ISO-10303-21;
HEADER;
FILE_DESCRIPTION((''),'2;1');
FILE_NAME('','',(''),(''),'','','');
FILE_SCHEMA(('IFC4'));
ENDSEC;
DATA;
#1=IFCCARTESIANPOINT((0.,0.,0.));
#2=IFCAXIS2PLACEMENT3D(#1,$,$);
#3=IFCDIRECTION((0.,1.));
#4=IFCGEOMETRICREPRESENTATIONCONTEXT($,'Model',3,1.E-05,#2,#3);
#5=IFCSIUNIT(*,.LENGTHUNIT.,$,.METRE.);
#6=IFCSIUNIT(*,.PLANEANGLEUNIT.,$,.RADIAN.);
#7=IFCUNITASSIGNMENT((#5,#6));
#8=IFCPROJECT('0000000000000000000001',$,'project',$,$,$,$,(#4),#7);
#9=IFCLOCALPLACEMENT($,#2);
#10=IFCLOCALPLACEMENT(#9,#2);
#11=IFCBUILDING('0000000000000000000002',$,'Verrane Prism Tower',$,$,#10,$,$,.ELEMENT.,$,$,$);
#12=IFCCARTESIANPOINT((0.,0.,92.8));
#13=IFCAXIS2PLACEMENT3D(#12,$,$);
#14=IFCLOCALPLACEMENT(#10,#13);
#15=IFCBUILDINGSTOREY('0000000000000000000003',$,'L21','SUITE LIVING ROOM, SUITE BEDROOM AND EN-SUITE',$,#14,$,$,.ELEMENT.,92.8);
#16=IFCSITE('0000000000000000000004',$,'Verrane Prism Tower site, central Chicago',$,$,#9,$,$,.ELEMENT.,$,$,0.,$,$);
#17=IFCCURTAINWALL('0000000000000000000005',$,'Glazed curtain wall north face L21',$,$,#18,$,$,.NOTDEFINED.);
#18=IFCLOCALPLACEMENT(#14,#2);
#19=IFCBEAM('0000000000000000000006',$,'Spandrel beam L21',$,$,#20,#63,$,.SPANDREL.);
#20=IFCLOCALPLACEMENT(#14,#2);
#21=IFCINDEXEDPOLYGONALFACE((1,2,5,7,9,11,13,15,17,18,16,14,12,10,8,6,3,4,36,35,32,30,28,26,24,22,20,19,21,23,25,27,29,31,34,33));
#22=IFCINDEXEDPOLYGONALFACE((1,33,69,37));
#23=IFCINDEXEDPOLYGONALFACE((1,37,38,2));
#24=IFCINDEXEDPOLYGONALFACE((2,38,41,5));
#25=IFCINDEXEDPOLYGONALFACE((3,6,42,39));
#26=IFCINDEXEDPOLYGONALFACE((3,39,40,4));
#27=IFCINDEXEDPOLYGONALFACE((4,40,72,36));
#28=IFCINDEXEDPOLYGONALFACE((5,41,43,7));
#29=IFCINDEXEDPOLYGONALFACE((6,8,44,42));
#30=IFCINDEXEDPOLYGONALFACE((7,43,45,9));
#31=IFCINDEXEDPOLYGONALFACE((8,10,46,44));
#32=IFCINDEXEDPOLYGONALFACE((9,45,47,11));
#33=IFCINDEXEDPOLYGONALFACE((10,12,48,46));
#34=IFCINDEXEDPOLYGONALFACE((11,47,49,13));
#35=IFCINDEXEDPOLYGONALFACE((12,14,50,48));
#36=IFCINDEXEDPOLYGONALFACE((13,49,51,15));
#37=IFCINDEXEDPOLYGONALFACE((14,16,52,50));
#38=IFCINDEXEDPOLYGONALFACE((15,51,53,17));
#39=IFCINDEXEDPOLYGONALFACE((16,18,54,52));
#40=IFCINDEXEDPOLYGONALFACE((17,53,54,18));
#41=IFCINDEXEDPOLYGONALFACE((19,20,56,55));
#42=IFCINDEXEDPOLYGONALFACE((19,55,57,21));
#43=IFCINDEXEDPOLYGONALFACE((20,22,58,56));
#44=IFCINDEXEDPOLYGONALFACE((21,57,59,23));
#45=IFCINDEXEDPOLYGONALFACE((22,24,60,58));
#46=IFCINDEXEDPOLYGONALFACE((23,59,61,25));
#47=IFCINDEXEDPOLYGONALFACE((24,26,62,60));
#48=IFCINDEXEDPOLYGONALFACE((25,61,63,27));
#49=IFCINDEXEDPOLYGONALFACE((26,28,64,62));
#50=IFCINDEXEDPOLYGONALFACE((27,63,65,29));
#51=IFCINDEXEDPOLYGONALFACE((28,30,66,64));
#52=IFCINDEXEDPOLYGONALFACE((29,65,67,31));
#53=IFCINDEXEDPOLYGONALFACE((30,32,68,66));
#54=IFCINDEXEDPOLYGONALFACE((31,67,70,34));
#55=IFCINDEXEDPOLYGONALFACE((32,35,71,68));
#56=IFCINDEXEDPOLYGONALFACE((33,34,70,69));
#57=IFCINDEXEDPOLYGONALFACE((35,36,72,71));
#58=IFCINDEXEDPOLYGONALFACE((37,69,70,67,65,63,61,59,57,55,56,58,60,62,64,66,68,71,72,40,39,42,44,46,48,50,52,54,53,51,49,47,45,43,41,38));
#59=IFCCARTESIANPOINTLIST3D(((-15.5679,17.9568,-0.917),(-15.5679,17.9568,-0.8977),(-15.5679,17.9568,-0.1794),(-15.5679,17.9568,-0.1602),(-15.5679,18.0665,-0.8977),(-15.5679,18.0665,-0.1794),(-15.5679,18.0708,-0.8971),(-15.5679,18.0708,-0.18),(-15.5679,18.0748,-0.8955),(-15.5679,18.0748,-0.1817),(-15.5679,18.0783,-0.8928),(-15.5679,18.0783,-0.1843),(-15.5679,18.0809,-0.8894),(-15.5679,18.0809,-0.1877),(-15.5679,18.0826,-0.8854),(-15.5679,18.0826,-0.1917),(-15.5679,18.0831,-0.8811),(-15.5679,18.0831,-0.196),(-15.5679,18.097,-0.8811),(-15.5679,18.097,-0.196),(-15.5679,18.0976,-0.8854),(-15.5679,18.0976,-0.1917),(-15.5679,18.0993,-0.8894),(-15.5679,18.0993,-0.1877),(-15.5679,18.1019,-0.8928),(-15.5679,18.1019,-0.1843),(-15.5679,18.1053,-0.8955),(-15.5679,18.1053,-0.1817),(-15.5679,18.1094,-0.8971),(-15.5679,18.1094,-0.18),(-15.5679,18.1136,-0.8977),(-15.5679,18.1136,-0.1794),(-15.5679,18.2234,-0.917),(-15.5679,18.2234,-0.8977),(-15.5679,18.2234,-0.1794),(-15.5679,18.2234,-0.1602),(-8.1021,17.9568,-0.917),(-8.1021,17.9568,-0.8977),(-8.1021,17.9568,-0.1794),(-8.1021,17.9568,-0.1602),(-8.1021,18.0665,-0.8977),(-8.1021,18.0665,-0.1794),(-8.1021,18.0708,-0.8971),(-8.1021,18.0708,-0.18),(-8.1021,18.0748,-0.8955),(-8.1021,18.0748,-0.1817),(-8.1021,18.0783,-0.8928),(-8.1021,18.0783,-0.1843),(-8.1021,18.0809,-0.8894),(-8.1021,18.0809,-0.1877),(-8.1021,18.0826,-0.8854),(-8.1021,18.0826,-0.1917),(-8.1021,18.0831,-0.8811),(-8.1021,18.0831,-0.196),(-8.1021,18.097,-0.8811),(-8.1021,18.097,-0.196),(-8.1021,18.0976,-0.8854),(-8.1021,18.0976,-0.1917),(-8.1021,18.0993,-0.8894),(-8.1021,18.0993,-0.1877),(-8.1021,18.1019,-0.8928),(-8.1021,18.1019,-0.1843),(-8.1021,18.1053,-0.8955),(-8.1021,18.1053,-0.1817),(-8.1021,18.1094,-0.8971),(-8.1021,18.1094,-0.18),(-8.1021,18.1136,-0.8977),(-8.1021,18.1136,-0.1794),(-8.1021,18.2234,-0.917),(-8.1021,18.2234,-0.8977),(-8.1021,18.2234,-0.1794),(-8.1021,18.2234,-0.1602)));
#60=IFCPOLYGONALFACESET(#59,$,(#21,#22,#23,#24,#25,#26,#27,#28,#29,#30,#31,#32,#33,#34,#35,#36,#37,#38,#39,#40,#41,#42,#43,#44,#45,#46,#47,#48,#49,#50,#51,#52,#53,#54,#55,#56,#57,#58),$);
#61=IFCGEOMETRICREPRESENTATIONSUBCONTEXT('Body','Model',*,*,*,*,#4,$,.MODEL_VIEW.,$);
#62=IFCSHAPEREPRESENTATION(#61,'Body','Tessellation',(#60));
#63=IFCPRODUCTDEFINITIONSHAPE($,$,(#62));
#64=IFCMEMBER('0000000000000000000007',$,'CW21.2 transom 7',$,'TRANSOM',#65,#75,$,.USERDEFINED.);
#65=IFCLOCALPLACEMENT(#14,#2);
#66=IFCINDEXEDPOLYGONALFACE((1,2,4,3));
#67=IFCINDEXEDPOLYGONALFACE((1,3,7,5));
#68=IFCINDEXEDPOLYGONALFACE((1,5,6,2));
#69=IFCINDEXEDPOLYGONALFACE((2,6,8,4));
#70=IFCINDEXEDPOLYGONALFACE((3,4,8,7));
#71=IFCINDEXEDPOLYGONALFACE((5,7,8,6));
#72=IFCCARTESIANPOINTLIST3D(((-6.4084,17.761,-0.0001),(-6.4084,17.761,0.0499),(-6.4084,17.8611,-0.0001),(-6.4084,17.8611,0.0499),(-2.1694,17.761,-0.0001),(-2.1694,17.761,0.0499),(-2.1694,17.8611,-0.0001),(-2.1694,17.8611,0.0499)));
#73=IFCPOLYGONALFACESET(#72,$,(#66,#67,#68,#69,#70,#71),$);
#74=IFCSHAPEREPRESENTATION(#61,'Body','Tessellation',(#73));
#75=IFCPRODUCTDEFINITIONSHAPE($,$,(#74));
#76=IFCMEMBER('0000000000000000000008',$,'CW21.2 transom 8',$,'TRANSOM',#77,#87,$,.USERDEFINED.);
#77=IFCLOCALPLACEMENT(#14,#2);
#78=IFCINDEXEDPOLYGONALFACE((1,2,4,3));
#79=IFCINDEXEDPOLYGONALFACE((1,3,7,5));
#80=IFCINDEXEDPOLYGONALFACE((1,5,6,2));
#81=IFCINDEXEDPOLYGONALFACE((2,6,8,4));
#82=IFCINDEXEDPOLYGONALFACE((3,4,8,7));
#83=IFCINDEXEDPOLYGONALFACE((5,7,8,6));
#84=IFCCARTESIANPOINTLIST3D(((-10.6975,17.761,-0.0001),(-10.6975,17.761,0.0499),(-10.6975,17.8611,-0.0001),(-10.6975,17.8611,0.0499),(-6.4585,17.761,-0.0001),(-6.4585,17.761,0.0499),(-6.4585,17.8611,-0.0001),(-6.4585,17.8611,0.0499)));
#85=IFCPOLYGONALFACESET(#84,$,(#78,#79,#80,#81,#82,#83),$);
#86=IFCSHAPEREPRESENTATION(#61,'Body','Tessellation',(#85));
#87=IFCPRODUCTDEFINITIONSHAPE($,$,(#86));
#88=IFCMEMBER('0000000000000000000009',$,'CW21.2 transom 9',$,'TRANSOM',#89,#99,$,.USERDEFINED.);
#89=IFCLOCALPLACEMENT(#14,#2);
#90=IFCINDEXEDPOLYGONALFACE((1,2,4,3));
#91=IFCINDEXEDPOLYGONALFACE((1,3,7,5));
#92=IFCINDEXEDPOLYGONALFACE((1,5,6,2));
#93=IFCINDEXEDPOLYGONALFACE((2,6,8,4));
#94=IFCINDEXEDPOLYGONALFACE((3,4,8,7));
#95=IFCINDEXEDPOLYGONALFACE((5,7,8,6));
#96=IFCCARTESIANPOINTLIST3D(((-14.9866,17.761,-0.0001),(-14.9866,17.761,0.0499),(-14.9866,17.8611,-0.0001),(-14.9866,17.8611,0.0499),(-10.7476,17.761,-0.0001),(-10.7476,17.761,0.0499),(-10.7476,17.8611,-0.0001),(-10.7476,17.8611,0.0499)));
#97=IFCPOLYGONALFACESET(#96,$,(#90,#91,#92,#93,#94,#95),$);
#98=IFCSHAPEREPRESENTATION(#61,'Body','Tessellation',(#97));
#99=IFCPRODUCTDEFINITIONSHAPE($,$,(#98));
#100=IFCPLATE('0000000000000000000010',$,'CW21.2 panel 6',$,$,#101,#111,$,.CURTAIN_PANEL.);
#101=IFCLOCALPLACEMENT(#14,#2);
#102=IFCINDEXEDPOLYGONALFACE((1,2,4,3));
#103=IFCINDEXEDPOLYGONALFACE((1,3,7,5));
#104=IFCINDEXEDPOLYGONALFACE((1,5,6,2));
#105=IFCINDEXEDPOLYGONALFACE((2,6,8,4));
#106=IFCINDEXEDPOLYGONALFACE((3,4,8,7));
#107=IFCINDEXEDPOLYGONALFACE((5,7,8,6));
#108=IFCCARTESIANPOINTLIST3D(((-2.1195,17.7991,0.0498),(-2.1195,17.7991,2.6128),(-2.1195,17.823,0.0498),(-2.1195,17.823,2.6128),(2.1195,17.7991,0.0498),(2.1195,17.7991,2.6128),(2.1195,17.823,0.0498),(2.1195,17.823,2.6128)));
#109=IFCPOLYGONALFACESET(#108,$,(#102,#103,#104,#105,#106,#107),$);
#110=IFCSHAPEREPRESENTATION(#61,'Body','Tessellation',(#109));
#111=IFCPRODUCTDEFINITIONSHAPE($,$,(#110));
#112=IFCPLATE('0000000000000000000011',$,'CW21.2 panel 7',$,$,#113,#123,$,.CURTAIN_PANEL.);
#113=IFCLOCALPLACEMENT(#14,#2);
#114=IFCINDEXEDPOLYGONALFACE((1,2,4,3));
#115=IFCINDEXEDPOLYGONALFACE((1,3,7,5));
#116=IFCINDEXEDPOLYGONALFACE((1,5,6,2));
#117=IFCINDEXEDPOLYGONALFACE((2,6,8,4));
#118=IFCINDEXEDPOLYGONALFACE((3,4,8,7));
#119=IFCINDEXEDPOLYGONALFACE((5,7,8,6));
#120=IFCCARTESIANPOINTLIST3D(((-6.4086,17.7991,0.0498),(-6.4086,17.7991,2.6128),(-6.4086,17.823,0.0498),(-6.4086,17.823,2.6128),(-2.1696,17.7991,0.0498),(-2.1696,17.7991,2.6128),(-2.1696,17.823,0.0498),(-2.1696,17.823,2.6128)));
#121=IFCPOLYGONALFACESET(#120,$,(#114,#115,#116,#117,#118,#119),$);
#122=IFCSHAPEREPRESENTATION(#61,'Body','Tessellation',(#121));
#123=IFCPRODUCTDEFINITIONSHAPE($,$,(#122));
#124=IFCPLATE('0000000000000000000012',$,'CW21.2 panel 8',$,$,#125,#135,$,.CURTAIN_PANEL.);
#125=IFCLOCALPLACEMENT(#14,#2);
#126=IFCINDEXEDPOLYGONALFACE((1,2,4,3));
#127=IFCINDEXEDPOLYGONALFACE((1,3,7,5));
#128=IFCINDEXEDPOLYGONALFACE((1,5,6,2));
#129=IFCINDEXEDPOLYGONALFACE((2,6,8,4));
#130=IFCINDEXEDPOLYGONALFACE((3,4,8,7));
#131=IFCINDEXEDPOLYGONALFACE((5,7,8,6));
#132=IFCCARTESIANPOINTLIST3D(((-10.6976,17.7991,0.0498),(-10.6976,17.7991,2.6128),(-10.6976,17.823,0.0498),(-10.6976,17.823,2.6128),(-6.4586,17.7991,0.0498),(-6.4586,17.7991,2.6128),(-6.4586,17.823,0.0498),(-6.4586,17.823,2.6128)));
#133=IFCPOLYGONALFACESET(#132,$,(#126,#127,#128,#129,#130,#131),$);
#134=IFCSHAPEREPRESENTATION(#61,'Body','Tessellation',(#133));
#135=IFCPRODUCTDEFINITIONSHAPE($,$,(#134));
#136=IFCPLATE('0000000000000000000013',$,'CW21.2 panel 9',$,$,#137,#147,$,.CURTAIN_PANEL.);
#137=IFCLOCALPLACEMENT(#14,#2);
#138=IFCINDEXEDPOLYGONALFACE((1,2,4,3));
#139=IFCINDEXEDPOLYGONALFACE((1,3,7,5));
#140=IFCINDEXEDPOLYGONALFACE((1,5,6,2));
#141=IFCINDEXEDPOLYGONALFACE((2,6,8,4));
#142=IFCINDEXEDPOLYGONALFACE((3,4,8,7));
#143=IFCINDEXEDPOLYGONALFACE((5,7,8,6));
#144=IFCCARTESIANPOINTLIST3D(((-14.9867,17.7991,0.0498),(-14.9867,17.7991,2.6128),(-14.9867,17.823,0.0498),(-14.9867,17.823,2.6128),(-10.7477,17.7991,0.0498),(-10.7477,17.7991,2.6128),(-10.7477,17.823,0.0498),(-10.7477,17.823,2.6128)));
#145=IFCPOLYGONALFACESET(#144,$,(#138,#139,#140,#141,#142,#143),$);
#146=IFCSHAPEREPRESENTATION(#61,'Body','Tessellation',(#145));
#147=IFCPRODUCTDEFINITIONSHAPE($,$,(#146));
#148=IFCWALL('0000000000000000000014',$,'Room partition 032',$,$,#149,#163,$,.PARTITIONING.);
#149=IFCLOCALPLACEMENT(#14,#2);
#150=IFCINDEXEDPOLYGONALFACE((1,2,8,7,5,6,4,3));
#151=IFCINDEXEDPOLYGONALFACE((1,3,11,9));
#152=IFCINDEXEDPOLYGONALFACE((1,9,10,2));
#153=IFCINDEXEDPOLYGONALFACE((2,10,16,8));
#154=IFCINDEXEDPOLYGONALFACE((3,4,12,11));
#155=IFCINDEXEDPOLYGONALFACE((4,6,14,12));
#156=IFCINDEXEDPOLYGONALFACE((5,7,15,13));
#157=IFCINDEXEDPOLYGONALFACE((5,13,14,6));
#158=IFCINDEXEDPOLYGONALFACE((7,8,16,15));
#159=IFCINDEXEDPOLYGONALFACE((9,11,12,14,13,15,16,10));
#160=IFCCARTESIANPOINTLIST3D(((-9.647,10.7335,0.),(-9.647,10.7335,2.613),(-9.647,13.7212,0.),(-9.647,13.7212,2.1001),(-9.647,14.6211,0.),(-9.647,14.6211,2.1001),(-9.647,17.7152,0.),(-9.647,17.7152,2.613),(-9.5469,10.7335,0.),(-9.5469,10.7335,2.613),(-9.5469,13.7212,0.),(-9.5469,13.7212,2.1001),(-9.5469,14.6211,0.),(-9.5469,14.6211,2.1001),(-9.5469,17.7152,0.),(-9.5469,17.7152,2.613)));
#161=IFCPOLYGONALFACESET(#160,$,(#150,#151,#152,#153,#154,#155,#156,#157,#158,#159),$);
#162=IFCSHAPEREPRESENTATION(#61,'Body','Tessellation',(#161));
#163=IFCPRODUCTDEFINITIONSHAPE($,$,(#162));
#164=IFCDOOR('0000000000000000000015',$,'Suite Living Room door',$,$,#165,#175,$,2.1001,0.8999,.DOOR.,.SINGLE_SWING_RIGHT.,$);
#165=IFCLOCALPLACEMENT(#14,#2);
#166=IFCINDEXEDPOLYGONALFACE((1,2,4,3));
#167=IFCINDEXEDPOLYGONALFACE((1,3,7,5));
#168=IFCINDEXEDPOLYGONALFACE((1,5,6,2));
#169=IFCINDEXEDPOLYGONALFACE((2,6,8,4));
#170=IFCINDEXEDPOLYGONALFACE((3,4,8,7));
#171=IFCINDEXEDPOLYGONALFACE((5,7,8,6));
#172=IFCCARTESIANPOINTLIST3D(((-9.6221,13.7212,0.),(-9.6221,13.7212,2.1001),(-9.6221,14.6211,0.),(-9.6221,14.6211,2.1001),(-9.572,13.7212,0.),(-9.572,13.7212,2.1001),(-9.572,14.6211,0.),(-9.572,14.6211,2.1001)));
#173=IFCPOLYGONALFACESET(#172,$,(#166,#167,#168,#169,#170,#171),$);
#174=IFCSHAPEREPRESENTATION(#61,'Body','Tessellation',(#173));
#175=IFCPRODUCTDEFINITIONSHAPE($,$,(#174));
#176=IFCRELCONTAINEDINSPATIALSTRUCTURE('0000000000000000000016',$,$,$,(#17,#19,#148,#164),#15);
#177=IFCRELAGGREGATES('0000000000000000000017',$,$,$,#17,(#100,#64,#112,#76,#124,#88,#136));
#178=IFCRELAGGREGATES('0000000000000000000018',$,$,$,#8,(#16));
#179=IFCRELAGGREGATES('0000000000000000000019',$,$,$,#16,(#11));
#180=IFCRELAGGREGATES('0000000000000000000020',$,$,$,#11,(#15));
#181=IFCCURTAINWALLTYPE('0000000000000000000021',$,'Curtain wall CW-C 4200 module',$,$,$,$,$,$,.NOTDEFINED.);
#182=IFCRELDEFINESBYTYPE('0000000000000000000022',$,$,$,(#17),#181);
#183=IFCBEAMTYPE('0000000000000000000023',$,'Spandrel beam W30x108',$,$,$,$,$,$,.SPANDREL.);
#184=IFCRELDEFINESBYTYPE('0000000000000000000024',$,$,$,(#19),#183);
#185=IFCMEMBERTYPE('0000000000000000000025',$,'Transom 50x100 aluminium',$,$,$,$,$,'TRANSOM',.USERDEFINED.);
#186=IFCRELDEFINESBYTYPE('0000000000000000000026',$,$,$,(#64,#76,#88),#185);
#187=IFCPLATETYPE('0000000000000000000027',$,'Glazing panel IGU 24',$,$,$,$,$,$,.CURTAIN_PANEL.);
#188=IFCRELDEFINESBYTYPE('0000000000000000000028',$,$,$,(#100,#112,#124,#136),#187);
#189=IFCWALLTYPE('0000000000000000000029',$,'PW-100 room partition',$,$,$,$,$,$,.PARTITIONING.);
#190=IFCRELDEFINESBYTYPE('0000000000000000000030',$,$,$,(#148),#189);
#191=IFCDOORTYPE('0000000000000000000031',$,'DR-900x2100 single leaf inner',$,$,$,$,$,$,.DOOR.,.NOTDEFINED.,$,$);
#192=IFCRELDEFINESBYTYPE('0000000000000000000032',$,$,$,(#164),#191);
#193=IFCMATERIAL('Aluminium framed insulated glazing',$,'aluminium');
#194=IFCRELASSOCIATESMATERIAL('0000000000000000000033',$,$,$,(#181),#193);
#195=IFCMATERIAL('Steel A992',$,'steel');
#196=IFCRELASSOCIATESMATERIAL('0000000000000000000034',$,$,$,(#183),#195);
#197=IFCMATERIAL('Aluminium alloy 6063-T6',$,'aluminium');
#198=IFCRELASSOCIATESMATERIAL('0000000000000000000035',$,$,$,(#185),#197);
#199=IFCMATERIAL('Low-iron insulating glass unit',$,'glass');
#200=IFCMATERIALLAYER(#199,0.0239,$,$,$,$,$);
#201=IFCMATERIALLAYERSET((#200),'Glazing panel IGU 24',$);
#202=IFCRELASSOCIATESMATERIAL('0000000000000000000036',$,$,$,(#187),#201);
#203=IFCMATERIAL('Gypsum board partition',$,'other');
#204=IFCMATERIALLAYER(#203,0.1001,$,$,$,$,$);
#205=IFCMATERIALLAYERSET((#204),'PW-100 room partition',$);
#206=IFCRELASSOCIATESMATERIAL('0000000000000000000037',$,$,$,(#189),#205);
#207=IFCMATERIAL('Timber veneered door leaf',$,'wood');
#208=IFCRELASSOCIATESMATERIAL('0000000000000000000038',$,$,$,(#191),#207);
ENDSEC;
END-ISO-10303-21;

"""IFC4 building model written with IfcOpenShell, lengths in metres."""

from ifc_helpers import new_model, si_unit, direction, frame, frame_2d, origin, origin_2d, place, context, subcontext, project, spatial, rectangle, i_section, extrude, material, layer, layer_set, material_profile, profile_set, type_object, element, fill, aggregate, save


model = new_model("IFC4")

# Units and contexts
model_context = context("Model", 3, precision=1e-05, world=origin(), true_north=direction((0.0, 1.0)))
body_context = subcontext(model_context, "Body", "Model", "MODEL_VIEW")
ifc_project = project(units=[si_unit("LENGTHUNIT", "METRE"), si_unit("PLANEANGLEUNIT", "RADIAN")], contexts=[model_context])

# Site, building, storey
site_placement = place(None, origin())
site = spatial("IfcSite", under=ifc_project, at=site_placement, Name="Verrane Prism Tower site, central Chicago", CompositionType="ELEMENT", RefElevation=0.0)
building_placement = place(site_placement, origin())
building = spatial("IfcBuilding", under=site, at=building_placement, Name="Verrane Prism Tower", CompositionType="ELEMENT")
storey_placement = place(building_placement, frame((0.0, 0.0, 92.8)))
storey = spatial("IfcBuildingStorey", under=building, at=storey_placement, Name="L21", Description="SUITE LIVING ROOM, SUITE BEDROOM AND EN-SUITE", CompositionType="ELEMENT", Elevation=92.8)

# Curtain wall
ifc_material_1 = material(Name="Aluminium framed insulated glazing", Category="aluminium")
curtain_wall_type = type_object("IfcCurtainWallType", Name="Curtain wall CW-C 4200 module", PredefinedType="NOTDEFINED", material=ifc_material_1)
curtain_wall_placement = place(storey_placement, origin())
curtain_wall = element("IfcCurtainWall", 1, at=curtain_wall_placement, inside=storey, type_object=curtain_wall_type, Name="Glazed curtain wall north face L21", PredefinedType="NOTDEFINED")

# Beam
ifc_material_2 = material(Name="Steel A992", Category="steel")
ifc_material_profile_1 = material_profile(ifc_material_2, i_section(OverallWidth=0.2666, OverallDepth=0.7568, WebThickness=0.0139, FlangeThickness=0.0193, FilletRadius=0.0166, at=origin_2d()), Name="W30x108")
ifc_profile_set_1 = profile_set([ifc_material_profile_1], Name="Steel A992")
beam_type_1 = type_object("IfcBeamType", Name="Spandrel beam W30x108", PredefinedType="SPANDREL", material=ifc_profile_set_1)
for number, where, z_axis, x_axis, name in (
    (2, (-8.1021, 18.0901, -0.5386), (-1.0, 0.0, 0.0), (0.0, -1.0, 0.0), "Spandrel beam L21"),
):
    element("IfcBeam", number, at=place(storey_placement, frame(where, z_axis=z_axis, x_axis=x_axis)), inside=storey, type_object=beam_type_1, Name=name, PredefinedType="SPANDREL", context=body_context, shape_type="SweptSolid", body=[
        extrude(i_section(OverallWidth=0.2666, OverallDepth=0.7568, WebThickness=0.0139, FlangeThickness=0.0193, FilletRadius=0.0166, at=origin_2d()), origin(), (0.0, 0.0, 1.0), 7.4658),
    ])

# Members
ifc_material_3 = material(Name="Aluminium alloy 6063-T6", Category="aluminium")
ifc_material_profile_2 = material_profile(ifc_material_3, rectangle(XDim=0.1001, YDim=0.05, at=origin_2d()), Name="Transom 50x100 aluminium")
ifc_profile_set_2 = profile_set([ifc_material_profile_2], Name="Aluminium alloy 6063-T6")
member_type_1 = type_object("IfcMemberType", Name="Transom 50x100 aluminium", ElementType="TRANSOM", PredefinedType="USERDEFINED", material=ifc_profile_set_2)
member_1_placement = place(storey_placement, frame((-2.1694, 17.811, 0.0249), z_axis=(-1.0, 0.0, 0.0), x_axis=(0.0, -1.0, 0.0)))
member_1 = element("IfcMember", 3, at=member_1_placement, type_object=member_type_1, Name="CW21.2 transom 7", ObjectType="TRANSOM", PredefinedType="USERDEFINED", context=body_context, shape_type="SweptSolid", body=[
    extrude(rectangle(XDim=0.1001, YDim=0.05, at=origin_2d()), origin(), (0.0, 0.0, 1.0), 4.239),
])
member_2_placement = place(storey_placement, frame((-6.4585, 17.811, 0.0249), z_axis=(-1.0, 0.0, 0.0), x_axis=(0.0, -1.0, 0.0)))
member_2 = element("IfcMember", 4, at=member_2_placement, type_object=member_type_1, Name="CW21.2 transom 8", ObjectType="TRANSOM", PredefinedType="USERDEFINED", context=body_context, shape_type="SweptSolid", body=[
    extrude(rectangle(XDim=0.1001, YDim=0.05, at=origin_2d()), origin(), (0.0, 0.0, 1.0), 4.239),
])
member_3_placement = place(storey_placement, frame((-10.7476, 17.811, 0.0249), z_axis=(-1.0, 0.0, 0.0), x_axis=(0.0, -1.0, 0.0)))
member_3 = element("IfcMember", 5, at=member_3_placement, type_object=member_type_1, Name="CW21.2 transom 9", ObjectType="TRANSOM", PredefinedType="USERDEFINED", context=body_context, shape_type="SweptSolid", body=[
    extrude(rectangle(XDim=0.1001, YDim=0.05, at=origin_2d()), origin(), (0.0, 0.0, 1.0), 4.239),
])

# Plates
ifc_material_4 = material(Name="Low-iron insulating glass unit", Category="glass")
ifc_layer_1 = layer(ifc_material_4, 0.0239)
ifc_layer_set_1 = layer_set([ifc_layer_1], Name="Glazing panel IGU 24")
plate_type = type_object("IfcPlateType", Name="Glazing panel IGU 24", PredefinedType="CURTAIN_PANEL", material=ifc_layer_set_1)
plate_1_placement = place(storey_placement, frame((0.0, 17.811, 0.0498), z_axis=(0.0, 0.0, 1.0), x_axis=(-1.0, 0.0, 0.0)))
plate_1 = element("IfcPlate", 6, at=plate_1_placement, type_object=plate_type, Name="CW21.2 panel 6", PredefinedType="CURTAIN_PANEL", context=body_context, shape_type="SweptSolid", body=[
    extrude(rectangle(XDim=4.239, YDim=0.0239, at=origin_2d()), origin(), (0.0, 0.0, 1.0), 2.563),
])
plate_2_placement = place(storey_placement, frame((-4.2891, 17.811, 0.0498), z_axis=(0.0, 0.0, 1.0), x_axis=(-1.0, 0.0, 0.0)))
plate_2 = element("IfcPlate", 7, at=plate_2_placement, type_object=plate_type, Name="CW21.2 panel 7", PredefinedType="CURTAIN_PANEL", context=body_context, shape_type="SweptSolid", body=[
    extrude(rectangle(XDim=4.239, YDim=0.0239, at=origin_2d()), origin(), (0.0, 0.0, 1.0), 2.563),
])
plate_3_placement = place(storey_placement, frame((-8.5781, 17.811, 0.0498), z_axis=(0.0, 0.0, 1.0), x_axis=(-1.0, 0.0, 0.0)))
plate_3 = element("IfcPlate", 8, at=plate_3_placement, type_object=plate_type, Name="CW21.2 panel 8", PredefinedType="CURTAIN_PANEL", context=body_context, shape_type="SweptSolid", body=[
    extrude(rectangle(XDim=4.239, YDim=0.0239, at=origin_2d()), origin(), (0.0, 0.0, 1.0), 2.563),
])
plate_4_placement = place(storey_placement, frame((-12.8672, 17.811, 0.0498), z_axis=(0.0, 0.0, 1.0), x_axis=(-1.0, 0.0, 0.0)))
plate_4 = element("IfcPlate", 9, at=plate_4_placement, type_object=plate_type, Name="CW21.2 panel 9", PredefinedType="CURTAIN_PANEL", context=body_context, shape_type="SweptSolid", body=[
    extrude(rectangle(XDim=4.239, YDim=0.0239, at=origin_2d()), origin(), (0.0, 0.0, 1.0), 2.563),
])
aggregate(curtain_wall, [plate_1, member_1, plate_2, member_2, plate_3, member_3, plate_4])

# Wall, opening, door
ifc_material_5 = material(Name="Gypsum board partition", Category="other")
ifc_layer_2 = layer(ifc_material_5, 0.1001)
ifc_layer_set_2 = layer_set([ifc_layer_2], Name="PW-100 room partition")
wall_type_1 = type_object("IfcWallType", Name="PW-100 room partition", PredefinedType="PARTITIONING", material=ifc_layer_set_2)
wall_1_placement = place(storey_placement, frame((-9.5969, 17.7151, 0.0), z_axis=(0.0, 0.0, 1.0), x_axis=(0.0, -1.0, 0.0)))
wall_1 = element("IfcWall", 10, at=wall_1_placement, inside=storey, type_object=wall_type_1, Name="Room partition 032", PredefinedType="PARTITIONING", context=body_context, shape_type="SweptSolid", body=[
    extrude(rectangle(XDim=6.9817, YDim=0.1001, at=frame_2d((3.4907, 0.0))), origin(), (0.0, 0.0, 1.0), 2.613),
])
opening_1_placement = place(wall_1_placement, frame((3.094, 0.0, 0.0)))
opening_1 = element("IfcOpeningElement", 11, at=opening_1_placement, cuts=wall_1, PredefinedType="OPENING", context=body_context, shape_type="SweptSolid", body=[
    extrude(rectangle(XDim=0.8999, YDim=2.1001, at=frame_2d((0.45, 1.05))), frame((0.0, 0.0601, 0.0), z_axis=(0.0, -1.0, 0.0), x_axis=(1.0, 0.0, 0.0)), (0.0, 0.0, 1.0), 0.1201),
])
ifc_material_6 = material(Name="Timber veneered door leaf", Category="wood")
door_type_1 = type_object("IfcDoorType", Name="DR-900x2100 single leaf inner", OperationType="NOTDEFINED", PredefinedType="DOOR", material=ifc_material_6)
door_1_placement = place(opening_1_placement, origin())
door_1 = element("IfcDoor", 12, at=door_1_placement, inside=storey, type_object=door_type_1, Name="Suite Living Room door", OperationType="SINGLE_SWING_RIGHT", OverallHeight=2.1001, OverallWidth=0.8999, PredefinedType="DOOR", context=body_context, shape_type="SweptSolid", body=[
    extrude(rectangle(XDim=0.8999, YDim=2.1001, at=frame_2d((0.45, 1.05))), frame((0.0, 0.0249, 0.0), z_axis=(0.0, -1.0, 0.0), x_axis=(1.0, 0.0, 0.0)), (0.0, 0.0, 1.0), 0.05),
])
fill(opening_1, door_1)

save(model, "model.ifc")
